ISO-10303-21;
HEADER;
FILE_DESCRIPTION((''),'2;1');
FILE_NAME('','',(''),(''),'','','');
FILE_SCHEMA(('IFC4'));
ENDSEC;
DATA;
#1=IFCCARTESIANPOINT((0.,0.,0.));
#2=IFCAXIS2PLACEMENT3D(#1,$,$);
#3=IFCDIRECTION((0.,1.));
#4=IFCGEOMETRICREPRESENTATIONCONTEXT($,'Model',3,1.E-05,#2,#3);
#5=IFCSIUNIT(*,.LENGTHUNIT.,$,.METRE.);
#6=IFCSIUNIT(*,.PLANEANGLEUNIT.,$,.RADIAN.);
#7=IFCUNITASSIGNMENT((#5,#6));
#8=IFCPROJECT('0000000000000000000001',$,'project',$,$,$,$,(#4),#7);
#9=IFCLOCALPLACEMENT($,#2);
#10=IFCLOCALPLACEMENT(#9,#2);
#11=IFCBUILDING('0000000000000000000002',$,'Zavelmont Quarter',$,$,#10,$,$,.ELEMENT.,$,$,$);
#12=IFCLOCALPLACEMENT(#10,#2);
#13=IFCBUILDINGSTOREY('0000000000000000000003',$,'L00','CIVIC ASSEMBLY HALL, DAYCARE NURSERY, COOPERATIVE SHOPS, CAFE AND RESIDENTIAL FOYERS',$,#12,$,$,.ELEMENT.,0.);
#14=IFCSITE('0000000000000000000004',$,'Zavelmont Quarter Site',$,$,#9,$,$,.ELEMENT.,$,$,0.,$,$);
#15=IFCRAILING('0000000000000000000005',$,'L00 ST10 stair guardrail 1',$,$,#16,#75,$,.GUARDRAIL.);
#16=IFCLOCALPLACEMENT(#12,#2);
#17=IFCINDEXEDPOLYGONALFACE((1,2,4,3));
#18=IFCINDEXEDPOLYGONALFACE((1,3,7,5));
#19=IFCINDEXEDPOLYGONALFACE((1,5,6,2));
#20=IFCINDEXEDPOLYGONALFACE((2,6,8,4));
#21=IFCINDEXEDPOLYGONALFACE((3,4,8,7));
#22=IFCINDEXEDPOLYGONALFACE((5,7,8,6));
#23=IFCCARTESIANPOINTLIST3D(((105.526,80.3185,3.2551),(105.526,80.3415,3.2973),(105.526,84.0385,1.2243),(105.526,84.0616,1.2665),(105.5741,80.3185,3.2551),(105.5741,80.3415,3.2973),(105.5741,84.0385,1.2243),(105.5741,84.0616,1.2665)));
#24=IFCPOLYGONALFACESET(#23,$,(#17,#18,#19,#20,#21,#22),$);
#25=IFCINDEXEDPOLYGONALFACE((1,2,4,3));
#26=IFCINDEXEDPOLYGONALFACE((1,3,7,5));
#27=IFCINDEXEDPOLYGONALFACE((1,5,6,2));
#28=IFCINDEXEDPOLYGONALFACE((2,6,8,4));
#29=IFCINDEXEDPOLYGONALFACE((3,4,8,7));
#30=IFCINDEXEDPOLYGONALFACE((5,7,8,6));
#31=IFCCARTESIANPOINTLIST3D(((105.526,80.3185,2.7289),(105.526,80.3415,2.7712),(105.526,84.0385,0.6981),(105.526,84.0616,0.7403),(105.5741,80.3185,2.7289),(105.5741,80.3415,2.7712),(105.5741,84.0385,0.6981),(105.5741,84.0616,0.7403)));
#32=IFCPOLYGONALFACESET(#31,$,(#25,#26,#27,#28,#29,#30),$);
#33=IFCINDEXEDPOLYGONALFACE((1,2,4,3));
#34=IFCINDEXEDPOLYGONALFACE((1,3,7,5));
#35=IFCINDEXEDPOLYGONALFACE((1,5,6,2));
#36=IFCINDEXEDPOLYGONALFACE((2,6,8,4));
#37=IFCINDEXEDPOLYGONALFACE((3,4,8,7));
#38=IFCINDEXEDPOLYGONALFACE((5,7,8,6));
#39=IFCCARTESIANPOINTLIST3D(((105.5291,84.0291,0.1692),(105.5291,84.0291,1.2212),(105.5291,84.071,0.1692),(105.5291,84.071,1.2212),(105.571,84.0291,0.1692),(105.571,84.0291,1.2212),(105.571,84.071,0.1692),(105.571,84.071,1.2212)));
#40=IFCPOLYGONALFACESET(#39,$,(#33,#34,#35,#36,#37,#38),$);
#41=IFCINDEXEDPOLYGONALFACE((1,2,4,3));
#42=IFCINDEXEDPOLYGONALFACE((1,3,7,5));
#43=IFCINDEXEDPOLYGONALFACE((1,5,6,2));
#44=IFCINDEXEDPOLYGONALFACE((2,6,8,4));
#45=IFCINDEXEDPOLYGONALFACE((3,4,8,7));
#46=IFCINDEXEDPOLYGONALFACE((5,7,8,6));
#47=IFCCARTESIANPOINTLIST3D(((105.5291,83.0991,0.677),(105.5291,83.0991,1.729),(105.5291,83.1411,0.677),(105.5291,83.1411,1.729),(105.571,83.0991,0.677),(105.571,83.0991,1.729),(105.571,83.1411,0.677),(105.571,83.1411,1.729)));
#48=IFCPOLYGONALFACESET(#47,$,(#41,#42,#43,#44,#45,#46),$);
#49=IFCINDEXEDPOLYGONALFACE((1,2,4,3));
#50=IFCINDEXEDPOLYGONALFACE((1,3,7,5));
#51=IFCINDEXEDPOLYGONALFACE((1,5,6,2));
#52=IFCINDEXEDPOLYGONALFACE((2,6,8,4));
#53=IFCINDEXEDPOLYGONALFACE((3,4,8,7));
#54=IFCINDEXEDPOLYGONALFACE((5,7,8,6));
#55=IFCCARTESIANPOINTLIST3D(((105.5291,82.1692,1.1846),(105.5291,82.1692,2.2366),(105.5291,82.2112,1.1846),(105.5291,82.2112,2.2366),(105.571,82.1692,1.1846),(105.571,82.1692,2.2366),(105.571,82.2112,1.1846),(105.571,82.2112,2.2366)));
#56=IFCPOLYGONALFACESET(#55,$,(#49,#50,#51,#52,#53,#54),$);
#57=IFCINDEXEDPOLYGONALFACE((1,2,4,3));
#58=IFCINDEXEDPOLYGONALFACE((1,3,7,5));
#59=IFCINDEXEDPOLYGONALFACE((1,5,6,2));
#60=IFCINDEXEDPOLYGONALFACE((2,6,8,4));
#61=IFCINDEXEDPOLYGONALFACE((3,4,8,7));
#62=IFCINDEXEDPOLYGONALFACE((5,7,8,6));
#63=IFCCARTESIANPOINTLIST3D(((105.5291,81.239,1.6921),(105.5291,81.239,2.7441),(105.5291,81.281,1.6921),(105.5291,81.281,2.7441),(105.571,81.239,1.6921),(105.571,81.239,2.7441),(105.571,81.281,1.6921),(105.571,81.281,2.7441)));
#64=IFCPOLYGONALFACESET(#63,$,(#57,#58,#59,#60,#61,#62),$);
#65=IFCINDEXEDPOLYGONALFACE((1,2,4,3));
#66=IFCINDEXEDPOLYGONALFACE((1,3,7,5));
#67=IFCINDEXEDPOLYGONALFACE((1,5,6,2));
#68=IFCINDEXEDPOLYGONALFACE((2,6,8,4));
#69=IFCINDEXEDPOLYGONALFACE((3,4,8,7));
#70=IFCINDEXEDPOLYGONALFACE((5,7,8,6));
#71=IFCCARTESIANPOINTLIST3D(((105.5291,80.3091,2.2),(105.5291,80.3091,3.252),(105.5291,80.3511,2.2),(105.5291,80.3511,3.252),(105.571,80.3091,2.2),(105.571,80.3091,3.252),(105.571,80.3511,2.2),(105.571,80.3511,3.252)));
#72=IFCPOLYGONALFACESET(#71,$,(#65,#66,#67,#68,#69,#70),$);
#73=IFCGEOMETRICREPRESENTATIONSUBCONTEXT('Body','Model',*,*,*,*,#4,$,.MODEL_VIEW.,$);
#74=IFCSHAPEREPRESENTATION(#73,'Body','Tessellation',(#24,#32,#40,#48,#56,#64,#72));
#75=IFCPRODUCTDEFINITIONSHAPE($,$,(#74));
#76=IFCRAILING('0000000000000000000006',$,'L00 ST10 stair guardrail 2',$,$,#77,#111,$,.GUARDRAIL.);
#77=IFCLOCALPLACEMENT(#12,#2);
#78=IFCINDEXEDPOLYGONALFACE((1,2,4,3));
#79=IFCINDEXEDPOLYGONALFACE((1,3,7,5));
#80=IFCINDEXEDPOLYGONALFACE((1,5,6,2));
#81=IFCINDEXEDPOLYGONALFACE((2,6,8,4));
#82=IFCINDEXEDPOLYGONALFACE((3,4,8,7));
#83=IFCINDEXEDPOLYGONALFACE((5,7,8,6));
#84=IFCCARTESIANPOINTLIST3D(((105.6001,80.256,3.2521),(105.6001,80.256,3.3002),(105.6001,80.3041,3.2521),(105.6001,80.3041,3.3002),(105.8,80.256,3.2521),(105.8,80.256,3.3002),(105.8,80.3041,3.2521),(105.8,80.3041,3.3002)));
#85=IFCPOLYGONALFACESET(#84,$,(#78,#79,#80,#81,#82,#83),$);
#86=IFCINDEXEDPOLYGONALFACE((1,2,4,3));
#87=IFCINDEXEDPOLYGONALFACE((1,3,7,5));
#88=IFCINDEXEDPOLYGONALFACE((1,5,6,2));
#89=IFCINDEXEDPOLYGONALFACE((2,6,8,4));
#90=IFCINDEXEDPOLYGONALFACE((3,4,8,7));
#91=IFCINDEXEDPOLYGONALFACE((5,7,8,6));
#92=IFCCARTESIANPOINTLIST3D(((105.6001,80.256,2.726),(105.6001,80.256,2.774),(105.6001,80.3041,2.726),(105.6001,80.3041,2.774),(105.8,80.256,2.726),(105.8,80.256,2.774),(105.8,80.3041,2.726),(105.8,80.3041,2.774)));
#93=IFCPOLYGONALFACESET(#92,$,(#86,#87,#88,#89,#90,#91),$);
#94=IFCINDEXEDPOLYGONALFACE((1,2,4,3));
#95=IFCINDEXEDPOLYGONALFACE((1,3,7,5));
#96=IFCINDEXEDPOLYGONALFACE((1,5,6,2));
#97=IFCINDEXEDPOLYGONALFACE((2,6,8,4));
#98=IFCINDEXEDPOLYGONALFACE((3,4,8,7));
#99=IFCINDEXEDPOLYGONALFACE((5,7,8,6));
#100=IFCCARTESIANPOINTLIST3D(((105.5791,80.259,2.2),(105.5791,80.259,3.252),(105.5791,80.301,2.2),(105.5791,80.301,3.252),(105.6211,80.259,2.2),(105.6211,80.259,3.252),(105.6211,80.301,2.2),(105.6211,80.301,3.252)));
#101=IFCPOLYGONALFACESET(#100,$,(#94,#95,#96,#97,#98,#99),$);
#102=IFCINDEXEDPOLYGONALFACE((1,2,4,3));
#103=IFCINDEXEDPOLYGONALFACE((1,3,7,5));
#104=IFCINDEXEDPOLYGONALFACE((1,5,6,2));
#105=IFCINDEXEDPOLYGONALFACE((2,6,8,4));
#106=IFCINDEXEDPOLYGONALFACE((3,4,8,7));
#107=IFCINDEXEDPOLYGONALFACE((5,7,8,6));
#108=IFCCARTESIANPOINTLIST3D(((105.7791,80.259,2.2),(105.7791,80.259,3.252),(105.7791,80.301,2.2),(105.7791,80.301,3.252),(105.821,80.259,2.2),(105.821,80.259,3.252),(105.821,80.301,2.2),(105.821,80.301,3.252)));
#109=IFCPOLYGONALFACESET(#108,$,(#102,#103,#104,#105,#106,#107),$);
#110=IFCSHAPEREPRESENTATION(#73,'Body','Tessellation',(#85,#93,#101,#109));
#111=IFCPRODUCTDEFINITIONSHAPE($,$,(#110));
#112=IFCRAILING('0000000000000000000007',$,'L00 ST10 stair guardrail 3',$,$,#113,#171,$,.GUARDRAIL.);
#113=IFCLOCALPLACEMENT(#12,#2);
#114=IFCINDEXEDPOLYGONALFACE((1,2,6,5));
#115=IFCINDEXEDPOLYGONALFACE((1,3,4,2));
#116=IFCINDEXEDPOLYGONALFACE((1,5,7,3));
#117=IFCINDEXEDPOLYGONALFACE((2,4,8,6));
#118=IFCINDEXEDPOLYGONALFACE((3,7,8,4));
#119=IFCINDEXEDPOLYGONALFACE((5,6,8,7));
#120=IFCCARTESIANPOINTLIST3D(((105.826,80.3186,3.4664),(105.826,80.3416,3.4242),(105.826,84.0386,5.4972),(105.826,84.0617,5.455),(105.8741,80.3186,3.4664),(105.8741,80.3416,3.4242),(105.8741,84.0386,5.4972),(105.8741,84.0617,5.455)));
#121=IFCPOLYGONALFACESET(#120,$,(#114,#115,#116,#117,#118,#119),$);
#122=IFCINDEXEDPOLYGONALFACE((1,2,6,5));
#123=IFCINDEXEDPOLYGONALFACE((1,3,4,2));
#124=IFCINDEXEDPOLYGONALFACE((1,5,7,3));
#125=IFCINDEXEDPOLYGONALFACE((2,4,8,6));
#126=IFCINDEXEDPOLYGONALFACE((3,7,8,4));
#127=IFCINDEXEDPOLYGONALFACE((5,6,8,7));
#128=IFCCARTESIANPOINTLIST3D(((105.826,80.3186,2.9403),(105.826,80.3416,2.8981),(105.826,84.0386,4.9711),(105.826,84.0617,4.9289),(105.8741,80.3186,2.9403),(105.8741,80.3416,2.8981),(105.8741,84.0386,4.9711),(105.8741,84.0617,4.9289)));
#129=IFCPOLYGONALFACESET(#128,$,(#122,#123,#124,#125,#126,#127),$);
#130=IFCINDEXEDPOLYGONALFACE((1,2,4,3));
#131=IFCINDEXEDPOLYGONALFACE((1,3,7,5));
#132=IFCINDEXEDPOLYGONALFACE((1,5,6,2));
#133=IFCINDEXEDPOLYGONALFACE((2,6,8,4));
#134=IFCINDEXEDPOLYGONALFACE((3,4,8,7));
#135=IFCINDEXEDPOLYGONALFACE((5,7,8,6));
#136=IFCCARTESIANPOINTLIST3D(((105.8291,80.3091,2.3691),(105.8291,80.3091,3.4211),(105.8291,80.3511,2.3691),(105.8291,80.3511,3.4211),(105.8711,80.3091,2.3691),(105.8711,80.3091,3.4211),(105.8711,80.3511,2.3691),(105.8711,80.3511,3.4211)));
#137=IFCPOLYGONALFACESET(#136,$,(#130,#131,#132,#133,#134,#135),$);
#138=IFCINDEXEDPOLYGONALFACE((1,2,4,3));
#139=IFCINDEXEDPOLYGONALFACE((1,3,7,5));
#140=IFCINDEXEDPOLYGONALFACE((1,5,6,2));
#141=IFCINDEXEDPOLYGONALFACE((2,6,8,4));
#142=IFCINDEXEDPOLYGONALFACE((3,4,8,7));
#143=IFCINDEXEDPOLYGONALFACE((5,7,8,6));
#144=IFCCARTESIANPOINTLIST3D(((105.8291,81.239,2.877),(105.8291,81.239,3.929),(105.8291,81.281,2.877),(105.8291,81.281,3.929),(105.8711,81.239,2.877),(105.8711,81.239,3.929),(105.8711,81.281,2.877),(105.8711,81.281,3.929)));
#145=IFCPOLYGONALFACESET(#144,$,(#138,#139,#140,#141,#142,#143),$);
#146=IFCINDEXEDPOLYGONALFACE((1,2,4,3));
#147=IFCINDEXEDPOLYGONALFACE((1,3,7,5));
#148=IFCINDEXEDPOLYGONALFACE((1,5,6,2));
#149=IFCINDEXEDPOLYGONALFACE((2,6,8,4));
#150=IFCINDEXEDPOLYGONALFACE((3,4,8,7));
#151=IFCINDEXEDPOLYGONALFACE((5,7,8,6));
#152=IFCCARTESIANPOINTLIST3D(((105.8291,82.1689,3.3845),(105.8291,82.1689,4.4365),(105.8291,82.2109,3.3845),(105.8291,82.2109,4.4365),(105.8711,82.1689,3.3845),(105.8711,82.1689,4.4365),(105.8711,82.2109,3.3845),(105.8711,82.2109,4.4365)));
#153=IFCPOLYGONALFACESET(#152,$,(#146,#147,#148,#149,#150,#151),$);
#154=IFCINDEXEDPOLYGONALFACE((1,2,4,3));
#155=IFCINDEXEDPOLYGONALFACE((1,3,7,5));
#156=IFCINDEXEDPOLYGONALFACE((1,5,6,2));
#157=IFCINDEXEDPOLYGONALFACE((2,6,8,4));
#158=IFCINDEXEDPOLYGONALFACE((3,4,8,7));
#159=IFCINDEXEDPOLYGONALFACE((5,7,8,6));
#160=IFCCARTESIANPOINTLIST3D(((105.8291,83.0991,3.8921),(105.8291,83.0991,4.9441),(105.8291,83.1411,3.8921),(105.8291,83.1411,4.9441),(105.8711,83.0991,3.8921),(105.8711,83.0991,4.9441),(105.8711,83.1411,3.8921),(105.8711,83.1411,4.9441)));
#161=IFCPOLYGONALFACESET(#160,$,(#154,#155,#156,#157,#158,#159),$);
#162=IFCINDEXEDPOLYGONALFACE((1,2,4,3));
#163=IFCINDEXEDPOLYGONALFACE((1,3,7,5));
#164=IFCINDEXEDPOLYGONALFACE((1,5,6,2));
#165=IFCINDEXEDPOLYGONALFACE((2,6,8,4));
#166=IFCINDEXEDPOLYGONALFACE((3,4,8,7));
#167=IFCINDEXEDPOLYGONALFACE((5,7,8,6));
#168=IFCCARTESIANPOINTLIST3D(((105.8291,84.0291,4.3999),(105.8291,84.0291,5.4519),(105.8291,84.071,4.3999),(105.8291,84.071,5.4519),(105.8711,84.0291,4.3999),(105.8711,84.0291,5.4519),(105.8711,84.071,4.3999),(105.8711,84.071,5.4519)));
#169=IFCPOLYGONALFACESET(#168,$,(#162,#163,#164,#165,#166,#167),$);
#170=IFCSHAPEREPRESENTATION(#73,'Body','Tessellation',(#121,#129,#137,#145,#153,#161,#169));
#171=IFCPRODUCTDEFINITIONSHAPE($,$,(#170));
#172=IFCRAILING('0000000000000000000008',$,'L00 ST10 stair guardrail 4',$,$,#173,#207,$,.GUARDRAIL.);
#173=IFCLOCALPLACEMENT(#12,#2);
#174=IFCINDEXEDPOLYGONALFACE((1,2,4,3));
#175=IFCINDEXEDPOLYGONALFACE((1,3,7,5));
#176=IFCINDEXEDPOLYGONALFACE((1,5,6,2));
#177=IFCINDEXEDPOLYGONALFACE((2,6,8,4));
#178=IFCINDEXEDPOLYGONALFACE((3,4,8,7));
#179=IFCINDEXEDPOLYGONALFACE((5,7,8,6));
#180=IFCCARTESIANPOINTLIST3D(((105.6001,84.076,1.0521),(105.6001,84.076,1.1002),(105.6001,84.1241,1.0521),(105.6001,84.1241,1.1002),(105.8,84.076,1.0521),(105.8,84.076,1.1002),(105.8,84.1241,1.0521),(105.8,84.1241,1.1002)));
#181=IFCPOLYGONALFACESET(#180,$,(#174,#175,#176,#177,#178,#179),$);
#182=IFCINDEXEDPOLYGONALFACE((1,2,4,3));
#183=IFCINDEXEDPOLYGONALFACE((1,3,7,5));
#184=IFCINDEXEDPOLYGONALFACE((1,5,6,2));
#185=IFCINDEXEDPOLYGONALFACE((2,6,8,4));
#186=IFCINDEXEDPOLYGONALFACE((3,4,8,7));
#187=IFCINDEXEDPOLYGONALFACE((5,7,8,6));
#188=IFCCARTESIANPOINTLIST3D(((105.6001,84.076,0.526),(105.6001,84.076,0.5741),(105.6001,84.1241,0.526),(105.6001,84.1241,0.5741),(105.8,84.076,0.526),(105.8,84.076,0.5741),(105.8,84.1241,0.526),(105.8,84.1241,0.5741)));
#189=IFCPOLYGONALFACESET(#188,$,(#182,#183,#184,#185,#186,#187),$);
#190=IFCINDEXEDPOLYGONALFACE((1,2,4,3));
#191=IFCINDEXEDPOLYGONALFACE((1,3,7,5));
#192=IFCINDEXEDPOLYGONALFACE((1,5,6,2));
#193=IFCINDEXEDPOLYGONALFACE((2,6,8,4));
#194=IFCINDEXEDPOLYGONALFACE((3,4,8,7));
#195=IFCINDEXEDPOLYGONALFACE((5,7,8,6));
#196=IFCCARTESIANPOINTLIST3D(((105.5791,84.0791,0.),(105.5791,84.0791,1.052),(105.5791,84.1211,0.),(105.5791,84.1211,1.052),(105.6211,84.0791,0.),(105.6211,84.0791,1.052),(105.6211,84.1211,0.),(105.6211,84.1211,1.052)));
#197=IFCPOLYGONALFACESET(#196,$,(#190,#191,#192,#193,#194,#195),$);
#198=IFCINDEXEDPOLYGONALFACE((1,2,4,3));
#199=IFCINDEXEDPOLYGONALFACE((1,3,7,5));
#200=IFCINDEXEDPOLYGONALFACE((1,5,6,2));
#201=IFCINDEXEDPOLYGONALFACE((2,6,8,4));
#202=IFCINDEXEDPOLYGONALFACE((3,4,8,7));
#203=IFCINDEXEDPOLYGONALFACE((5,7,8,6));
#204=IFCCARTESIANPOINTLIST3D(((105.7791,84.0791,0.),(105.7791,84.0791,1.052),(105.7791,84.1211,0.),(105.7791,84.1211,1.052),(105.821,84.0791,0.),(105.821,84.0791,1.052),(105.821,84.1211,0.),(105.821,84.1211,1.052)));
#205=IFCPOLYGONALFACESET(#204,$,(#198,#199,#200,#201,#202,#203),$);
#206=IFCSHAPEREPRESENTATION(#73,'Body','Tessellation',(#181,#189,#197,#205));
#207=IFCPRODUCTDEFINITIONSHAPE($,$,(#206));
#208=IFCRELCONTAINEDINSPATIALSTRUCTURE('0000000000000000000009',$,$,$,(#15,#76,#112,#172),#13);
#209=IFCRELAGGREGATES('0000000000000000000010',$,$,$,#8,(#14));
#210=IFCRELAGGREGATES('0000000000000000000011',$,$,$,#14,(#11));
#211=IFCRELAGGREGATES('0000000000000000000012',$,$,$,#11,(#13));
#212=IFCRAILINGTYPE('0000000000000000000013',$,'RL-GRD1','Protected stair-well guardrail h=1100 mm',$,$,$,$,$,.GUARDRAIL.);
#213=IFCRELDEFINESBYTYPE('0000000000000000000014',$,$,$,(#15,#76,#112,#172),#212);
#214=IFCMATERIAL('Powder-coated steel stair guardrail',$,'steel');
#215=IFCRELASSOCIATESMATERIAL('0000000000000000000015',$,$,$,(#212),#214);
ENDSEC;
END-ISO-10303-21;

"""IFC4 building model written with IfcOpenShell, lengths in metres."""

from ifc_helpers import new_model, si_unit, direction, frame, origin, origin_2d, place, context, subcontext, project, spatial, rectangle, extrude, material, type_object, element, save


model = new_model("IFC4")

# Units and contexts
model_context = context("Model", 3, precision=1e-05, world=origin(), true_north=direction((0.0, 1.0)))
body_context = subcontext(model_context, "Body", "Model", "MODEL_VIEW")
ifc_project = project(units=[si_unit("LENGTHUNIT", "METRE"), si_unit("PLANEANGLEUNIT", "RADIAN")], contexts=[model_context])

# Site, building, storey
site_placement = place(None, origin())
site = spatial("IfcSite", under=ifc_project, at=site_placement, Name="Zavelmont Quarter Site", CompositionType="ELEMENT", RefElevation=0.0)
building_placement = place(site_placement, origin())
building = spatial("IfcBuilding", under=site, at=building_placement, Name="Zavelmont Quarter", CompositionType="ELEMENT")
storey_placement = place(building_placement, origin())
storey = spatial("IfcBuildingStorey", under=building, at=storey_placement, Name="L00", Description="CIVIC ASSEMBLY HALL, DAYCARE NURSERY, COOPERATIVE SHOPS, CAFE AND RESIDENTIAL FOYERS", CompositionType="ELEMENT", Elevation=0.0)

# Railings
ifc_material_1 = material(Name="Powder-coated steel stair guardrail", Category="steel")
railing_type_1 = type_object("IfcRailingType", Name="RL-GRD1", Description="Protected stair-well guardrail h=1100 mm", PredefinedType="GUARDRAIL", material=ifc_material_1)
railing_1_placement = place(storey_placement, frame((105.55, 84.05, 0.1692)))
element("IfcRailing", 1, at=railing_1_placement, inside=storey, type_object=railing_type_1, Name="L00 ST10 stair guardrail 1", PredefinedType="GUARDRAIL", context=body_context, shape_type="SweptSolid", body=[
    extrude(rectangle(XDim=0.0481, YDim=0.0481, at=origin_2d()), frame((0.0, 0.0, 1.0762), z_axis=(0.0, -0.877728, 0.479159), x_axis=(1.0, 0.0, 0.0)), (0.0, 0.0, 1.0), 4.2383),
    extrude(rectangle(XDim=0.0481, YDim=0.0481, at=origin_2d()), frame((0.0, 0.0, 0.55), z_axis=(0.0, -0.877728, 0.479159), x_axis=(1.0, 0.0, 0.0)), (0.0, 0.0, 1.0), 4.2383),
    extrude(rectangle(XDim=0.042, YDim=0.042, at=origin_2d()), origin(), (0.0, 0.0, 1.0), 1.052),
    extrude(rectangle(XDim=0.042, YDim=0.042, at=origin_2d()), frame((0.0, -0.9299, 0.5078)), (0.0, 0.0, 1.0), 1.052),
    extrude(rectangle(XDim=0.042, YDim=0.042, at=origin_2d()), frame((0.0, -1.8599, 1.0154)), (0.0, 0.0, 1.0), 1.052),
    extrude(rectangle(XDim=0.042, YDim=0.042, at=origin_2d()), frame((0.0, -2.79, 1.5229)), (0.0, 0.0, 1.0), 1.052),
    extrude(rectangle(XDim=0.042, YDim=0.042, at=origin_2d()), frame((0.0, -3.72, 2.0308)), (0.0, 0.0, 1.0), 1.052),
])
railing_2_placement = place(storey_placement, frame((105.6001, 80.28, 2.2)))
element("IfcRailing", 2, at=railing_2_placement, inside=storey, type_object=railing_type_1, Name="L00 ST10 stair guardrail 2", PredefinedType="GUARDRAIL", context=body_context, shape_type="SweptSolid", body=[
    extrude(rectangle(XDim=0.0481, YDim=0.0481, at=origin_2d()), frame((0.0, 0.0, 1.0762), z_axis=(1.0, 0.0, 0.0), x_axis=(0.0, 1.0, 0.0)), (0.0, 0.0, 1.0), 0.2),
    extrude(rectangle(XDim=0.0481, YDim=0.0481, at=origin_2d()), frame((0.0, 0.0, 0.55), z_axis=(1.0, 0.0, 0.0), x_axis=(0.0, 1.0, 0.0)), (0.0, 0.0, 1.0), 0.2),
    extrude(rectangle(XDim=0.042, YDim=0.042, at=origin_2d()), origin(), (0.0, 0.0, 1.0), 1.052),
    extrude(rectangle(XDim=0.042, YDim=0.042, at=origin_2d()), frame((0.2, 0.0, 0.0)), (0.0, 0.0, 1.0), 1.052),
])
railing_3_placement = place(storey_placement, frame((105.8501, 80.3301, 2.3691)))
element("IfcRailing", 3, at=railing_3_placement, inside=storey, type_object=railing_type_1, Name="L00 ST10 stair guardrail 3", PredefinedType="GUARDRAIL", context=body_context, shape_type="SweptSolid", body=[
    extrude(rectangle(XDim=0.0481, YDim=0.0481, at=origin_2d()), frame((0.0, 0.0, 1.0762), z_axis=(0.0, 0.877728, 0.479159), x_axis=(-1.0, 0.0, 0.0)), (0.0, 0.0, 1.0), 4.2383),
    extrude(rectangle(XDim=0.0481, YDim=0.0481, at=origin_2d()), frame((0.0, 0.0, 0.55), z_axis=(0.0, 0.877728, 0.479159), x_axis=(-1.0, 0.0, 0.0)), (0.0, 0.0, 1.0), 4.2383),
    extrude(rectangle(XDim=0.042, YDim=0.042, at=origin_2d()), origin(), (0.0, 0.0, 1.0), 1.052),
    extrude(rectangle(XDim=0.042, YDim=0.042, at=origin_2d()), frame((0.0, 0.9299, 0.5078)), (0.0, 0.0, 1.0), 1.052),
    extrude(rectangle(XDim=0.042, YDim=0.042, at=origin_2d()), frame((0.0, 1.8599, 1.0154)), (0.0, 0.0, 1.0), 1.052),
    extrude(rectangle(XDim=0.042, YDim=0.042, at=origin_2d()), frame((0.0, 2.79, 1.5229)), (0.0, 0.0, 1.0), 1.052),
    extrude(rectangle(XDim=0.042, YDim=0.042, at=origin_2d()), frame((0.0, 3.72, 2.0308)), (0.0, 0.0, 1.0), 1.052),
])
railing_4_placement = place(storey_placement, frame((105.6001, 84.1001, 0.0)))
element("IfcRailing", 4, at=railing_4_placement, inside=storey, type_object=railing_type_1, Name="L00 ST10 stair guardrail 4", PredefinedType="GUARDRAIL", context=body_context, shape_type="SweptSolid", body=[
    extrude(rectangle(XDim=0.0481, YDim=0.0481, at=origin_2d()), frame((0.0, 0.0, 1.0762), z_axis=(1.0, 0.0, 0.0), x_axis=(0.0, 1.0, 0.0)), (0.0, 0.0, 1.0), 0.2),
    extrude(rectangle(XDim=0.0481, YDim=0.0481, at=origin_2d()), frame((0.0, 0.0, 0.55), z_axis=(1.0, 0.0, 0.0), x_axis=(0.0, 1.0, 0.0)), (0.0, 0.0, 1.0), 0.2),
    extrude(rectangle(XDim=0.042, YDim=0.042, at=origin_2d()), origin(), (0.0, 0.0, 1.0), 1.052),
    extrude(rectangle(XDim=0.042, YDim=0.042, at=origin_2d()), frame((0.2, 0.0, 0.0)), (0.0, 0.0, 1.0), 1.052),
])

save(model, "model.ifc")
